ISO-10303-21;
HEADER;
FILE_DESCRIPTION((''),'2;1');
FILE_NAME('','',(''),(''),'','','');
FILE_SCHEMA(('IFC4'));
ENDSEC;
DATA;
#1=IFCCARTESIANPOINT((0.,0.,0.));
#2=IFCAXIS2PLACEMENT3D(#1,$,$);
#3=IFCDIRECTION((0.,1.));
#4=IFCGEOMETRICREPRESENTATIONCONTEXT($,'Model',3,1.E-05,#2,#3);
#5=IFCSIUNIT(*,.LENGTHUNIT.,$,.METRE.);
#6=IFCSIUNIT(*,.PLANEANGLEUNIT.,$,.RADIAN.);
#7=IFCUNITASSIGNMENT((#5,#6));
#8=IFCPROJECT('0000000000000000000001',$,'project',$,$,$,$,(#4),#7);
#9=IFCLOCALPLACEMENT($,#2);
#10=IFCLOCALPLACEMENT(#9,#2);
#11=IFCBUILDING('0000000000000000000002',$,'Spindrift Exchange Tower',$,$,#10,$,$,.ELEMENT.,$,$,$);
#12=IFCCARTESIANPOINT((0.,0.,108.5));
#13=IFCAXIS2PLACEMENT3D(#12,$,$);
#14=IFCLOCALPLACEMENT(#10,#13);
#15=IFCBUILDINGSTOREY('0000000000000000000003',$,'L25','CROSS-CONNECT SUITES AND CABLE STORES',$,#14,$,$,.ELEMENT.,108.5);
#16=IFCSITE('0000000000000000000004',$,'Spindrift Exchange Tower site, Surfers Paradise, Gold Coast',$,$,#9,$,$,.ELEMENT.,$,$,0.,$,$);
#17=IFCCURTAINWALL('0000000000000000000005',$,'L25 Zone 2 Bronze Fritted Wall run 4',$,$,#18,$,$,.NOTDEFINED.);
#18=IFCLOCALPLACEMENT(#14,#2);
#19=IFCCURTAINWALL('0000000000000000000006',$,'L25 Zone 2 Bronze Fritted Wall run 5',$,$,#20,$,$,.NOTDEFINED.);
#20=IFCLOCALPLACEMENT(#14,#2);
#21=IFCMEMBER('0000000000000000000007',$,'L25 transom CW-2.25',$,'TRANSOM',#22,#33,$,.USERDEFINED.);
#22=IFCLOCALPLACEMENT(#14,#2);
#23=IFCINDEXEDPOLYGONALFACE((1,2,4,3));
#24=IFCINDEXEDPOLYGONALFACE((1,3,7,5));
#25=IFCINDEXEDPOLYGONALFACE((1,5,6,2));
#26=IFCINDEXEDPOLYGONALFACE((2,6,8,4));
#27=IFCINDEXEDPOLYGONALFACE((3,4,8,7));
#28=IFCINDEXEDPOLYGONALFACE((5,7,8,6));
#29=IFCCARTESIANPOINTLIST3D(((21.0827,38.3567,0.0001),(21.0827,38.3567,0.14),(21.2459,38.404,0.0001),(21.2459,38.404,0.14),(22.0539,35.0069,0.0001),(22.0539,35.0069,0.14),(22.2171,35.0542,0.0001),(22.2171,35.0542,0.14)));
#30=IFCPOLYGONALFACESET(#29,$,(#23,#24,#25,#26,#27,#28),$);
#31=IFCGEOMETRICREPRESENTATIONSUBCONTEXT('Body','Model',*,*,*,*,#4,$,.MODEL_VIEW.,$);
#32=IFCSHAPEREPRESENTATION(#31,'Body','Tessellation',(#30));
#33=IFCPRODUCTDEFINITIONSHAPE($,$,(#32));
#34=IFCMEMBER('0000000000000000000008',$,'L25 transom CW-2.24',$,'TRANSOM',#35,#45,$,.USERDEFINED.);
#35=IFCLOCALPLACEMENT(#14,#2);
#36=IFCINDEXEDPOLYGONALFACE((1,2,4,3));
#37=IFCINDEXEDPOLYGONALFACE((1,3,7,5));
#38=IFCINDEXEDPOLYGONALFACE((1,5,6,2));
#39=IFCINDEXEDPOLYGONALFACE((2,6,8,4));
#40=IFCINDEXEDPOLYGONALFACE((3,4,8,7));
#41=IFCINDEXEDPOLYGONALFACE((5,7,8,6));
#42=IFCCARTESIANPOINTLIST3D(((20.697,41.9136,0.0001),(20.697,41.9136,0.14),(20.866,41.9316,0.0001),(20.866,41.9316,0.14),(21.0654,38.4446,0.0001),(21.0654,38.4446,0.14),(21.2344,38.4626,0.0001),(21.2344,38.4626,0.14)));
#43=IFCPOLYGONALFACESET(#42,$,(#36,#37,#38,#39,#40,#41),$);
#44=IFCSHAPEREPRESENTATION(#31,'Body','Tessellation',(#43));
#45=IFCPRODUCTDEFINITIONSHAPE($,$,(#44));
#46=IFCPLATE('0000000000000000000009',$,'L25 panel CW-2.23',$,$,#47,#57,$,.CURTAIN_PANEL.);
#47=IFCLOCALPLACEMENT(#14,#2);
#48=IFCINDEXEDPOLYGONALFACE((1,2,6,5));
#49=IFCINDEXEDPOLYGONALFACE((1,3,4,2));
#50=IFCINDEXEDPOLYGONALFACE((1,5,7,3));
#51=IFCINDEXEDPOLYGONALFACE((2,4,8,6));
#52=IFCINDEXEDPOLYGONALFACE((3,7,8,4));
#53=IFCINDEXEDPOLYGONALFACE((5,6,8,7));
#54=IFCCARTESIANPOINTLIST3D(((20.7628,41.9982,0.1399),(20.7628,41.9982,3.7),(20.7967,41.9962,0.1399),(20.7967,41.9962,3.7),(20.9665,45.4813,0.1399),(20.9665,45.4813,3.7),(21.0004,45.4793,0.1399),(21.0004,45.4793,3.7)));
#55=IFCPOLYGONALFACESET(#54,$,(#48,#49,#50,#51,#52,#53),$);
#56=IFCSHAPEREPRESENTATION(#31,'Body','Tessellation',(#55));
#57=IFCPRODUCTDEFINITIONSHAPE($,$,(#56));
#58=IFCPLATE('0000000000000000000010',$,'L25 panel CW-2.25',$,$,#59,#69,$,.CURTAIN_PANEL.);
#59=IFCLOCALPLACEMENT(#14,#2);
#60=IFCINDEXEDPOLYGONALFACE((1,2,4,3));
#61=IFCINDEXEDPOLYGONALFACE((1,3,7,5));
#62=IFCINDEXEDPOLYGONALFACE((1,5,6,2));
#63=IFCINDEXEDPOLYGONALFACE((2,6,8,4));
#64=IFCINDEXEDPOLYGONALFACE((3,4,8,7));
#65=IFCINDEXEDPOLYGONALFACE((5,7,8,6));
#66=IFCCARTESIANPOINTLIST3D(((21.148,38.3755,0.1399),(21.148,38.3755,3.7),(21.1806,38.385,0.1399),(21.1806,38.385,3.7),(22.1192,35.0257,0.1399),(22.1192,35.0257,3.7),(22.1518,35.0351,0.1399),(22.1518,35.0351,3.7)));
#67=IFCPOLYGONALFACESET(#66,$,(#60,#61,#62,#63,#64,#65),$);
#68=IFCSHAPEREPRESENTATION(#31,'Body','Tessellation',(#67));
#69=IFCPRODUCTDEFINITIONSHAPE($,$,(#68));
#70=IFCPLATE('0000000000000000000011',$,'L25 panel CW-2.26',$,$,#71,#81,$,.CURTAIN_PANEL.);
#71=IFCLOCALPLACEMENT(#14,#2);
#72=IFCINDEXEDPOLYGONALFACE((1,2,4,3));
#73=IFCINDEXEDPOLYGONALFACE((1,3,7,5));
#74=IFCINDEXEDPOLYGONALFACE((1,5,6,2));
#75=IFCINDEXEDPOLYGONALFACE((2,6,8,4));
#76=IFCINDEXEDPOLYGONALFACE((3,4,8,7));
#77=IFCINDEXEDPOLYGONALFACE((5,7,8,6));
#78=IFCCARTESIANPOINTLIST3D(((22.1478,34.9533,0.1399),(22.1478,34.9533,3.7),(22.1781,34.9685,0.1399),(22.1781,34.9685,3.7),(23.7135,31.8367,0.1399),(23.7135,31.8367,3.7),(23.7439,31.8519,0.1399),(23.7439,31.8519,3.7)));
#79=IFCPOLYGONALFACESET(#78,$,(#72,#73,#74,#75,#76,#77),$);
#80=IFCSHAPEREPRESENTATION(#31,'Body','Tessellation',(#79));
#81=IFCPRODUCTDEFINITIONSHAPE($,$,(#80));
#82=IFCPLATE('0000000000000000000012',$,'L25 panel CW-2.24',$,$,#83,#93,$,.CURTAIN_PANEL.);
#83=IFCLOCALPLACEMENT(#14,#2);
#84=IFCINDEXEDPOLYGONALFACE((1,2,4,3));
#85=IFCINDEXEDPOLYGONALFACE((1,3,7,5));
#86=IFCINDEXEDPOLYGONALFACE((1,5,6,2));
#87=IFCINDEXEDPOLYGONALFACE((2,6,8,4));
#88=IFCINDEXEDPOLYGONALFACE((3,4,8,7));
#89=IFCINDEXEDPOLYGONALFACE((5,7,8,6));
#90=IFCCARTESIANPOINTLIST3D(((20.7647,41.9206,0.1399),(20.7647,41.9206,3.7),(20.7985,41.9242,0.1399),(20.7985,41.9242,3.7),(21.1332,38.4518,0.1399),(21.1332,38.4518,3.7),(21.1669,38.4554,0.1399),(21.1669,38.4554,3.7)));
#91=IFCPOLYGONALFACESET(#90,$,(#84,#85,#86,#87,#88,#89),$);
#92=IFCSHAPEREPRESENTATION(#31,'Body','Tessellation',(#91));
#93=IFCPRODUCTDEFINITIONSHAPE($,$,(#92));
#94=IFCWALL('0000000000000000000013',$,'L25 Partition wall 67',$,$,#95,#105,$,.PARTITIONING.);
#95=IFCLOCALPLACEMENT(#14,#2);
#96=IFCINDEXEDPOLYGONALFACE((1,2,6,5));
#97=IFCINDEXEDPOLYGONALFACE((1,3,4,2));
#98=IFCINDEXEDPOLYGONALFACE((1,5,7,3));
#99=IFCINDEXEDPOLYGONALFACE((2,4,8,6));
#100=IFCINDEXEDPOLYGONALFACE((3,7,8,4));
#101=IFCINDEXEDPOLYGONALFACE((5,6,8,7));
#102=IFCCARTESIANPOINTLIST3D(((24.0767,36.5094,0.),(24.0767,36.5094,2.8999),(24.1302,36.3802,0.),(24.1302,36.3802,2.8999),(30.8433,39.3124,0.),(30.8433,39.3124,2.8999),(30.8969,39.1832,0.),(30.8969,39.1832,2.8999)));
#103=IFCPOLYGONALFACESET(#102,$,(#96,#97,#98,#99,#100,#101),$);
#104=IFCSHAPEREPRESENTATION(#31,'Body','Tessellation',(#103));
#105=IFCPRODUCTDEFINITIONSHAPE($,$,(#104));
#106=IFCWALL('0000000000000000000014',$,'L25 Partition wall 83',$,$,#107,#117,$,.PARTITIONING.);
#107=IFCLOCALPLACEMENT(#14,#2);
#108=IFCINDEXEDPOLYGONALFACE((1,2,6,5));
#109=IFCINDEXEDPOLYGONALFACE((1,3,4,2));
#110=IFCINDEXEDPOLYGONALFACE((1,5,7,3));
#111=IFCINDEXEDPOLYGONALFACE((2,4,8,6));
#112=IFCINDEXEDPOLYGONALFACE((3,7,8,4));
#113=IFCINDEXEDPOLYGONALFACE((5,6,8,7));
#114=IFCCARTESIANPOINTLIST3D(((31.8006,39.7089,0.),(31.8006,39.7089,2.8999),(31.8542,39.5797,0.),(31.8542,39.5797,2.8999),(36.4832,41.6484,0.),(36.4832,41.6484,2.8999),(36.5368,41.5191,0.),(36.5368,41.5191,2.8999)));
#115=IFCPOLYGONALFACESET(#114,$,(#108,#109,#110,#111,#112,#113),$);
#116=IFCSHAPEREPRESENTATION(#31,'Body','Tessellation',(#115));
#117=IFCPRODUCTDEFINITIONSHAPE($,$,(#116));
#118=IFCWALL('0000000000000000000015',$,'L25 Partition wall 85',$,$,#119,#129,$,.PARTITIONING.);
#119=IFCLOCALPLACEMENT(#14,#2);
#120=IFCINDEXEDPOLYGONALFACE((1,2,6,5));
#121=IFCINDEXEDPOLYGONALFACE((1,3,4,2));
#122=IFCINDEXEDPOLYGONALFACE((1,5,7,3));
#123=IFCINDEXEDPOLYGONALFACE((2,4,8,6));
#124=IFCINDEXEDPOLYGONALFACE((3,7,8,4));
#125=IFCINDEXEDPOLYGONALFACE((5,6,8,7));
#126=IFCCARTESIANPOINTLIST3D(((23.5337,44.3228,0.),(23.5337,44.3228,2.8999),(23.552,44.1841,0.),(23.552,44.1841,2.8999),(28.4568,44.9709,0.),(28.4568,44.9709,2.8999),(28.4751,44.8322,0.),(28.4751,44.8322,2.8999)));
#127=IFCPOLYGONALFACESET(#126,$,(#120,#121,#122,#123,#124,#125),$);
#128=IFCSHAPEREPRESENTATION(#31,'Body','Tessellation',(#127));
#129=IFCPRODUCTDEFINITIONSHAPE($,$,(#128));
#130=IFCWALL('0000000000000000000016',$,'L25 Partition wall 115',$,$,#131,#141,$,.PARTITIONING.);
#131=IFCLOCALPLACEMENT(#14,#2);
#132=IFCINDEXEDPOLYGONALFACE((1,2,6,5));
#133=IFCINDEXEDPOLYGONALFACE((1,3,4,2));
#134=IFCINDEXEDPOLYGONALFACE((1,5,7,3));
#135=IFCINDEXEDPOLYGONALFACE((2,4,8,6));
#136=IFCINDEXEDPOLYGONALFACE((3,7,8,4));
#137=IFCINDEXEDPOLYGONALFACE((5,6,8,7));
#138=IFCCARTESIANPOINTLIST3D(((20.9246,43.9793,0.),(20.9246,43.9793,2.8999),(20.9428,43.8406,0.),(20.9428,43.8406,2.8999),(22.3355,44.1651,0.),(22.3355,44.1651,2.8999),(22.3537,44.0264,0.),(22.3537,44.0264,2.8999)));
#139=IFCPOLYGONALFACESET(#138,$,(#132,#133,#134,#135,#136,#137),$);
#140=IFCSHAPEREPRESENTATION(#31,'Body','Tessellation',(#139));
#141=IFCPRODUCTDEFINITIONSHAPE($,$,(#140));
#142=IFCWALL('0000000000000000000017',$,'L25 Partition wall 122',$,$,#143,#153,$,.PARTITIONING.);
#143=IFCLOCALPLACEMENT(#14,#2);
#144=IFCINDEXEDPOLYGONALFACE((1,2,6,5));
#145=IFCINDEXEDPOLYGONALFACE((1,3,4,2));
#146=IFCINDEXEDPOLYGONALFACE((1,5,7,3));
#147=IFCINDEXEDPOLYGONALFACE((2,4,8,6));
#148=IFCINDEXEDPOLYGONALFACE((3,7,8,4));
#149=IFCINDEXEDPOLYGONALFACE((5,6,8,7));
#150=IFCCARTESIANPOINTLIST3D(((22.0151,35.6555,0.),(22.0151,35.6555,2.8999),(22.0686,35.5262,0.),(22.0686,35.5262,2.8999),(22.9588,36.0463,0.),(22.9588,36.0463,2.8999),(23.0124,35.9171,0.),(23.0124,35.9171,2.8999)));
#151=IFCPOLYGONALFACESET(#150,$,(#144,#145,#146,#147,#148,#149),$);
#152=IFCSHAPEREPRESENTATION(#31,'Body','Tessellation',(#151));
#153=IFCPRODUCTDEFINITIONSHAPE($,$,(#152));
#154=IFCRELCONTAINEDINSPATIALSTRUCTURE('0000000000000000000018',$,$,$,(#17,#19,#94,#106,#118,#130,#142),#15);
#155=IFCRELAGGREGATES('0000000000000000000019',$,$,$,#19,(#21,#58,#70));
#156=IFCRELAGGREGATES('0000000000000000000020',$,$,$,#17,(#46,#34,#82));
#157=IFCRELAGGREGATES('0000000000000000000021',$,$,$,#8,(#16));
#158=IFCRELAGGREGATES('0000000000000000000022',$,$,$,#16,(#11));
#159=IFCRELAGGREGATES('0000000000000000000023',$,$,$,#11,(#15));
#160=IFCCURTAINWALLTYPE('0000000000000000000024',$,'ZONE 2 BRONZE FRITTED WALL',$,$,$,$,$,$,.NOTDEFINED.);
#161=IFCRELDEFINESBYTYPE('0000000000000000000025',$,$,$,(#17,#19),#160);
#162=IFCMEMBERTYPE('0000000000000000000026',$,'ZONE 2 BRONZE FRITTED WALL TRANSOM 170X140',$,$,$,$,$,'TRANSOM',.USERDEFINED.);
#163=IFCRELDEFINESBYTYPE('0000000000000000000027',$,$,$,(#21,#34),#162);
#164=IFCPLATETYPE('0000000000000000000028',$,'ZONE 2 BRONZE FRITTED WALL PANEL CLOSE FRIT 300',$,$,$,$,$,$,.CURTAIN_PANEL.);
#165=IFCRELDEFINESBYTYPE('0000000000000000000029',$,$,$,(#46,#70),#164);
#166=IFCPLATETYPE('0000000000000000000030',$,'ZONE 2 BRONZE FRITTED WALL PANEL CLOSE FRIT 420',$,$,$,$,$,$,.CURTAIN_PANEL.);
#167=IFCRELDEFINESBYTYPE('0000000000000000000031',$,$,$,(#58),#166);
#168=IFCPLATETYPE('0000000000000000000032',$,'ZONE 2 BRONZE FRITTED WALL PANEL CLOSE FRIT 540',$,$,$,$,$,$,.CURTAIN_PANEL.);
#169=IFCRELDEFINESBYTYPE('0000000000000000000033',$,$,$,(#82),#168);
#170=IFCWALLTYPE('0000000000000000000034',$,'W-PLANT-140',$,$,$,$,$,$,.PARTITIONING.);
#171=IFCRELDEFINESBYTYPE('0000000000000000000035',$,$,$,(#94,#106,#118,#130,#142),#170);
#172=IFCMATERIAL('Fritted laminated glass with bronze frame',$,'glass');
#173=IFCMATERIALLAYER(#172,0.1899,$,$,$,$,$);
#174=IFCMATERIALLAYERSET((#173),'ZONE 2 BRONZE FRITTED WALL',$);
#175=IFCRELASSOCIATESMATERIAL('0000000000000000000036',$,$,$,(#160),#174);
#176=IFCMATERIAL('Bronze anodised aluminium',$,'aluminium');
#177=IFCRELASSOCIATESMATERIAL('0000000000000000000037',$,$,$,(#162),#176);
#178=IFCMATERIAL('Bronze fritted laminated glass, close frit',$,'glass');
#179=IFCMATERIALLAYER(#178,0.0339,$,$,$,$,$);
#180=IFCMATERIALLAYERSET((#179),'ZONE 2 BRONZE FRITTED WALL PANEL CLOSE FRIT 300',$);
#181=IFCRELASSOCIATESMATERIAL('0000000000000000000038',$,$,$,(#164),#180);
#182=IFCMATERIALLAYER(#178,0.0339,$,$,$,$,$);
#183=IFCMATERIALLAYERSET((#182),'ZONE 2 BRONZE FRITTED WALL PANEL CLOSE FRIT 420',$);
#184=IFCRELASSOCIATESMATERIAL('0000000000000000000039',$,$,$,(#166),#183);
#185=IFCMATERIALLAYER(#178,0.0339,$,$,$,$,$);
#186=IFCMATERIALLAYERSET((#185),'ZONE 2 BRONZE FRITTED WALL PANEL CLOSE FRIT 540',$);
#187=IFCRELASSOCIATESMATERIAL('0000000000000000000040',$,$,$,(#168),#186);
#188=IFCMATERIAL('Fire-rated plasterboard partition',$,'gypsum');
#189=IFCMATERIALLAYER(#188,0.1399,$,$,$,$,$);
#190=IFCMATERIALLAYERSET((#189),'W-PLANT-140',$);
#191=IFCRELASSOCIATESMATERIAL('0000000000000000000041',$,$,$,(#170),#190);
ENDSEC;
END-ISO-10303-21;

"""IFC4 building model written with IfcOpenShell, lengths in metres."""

from ifc_helpers import new_model, si_unit, direction, frame, frame_2d, origin, origin_2d, place, context, subcontext, project, spatial, rectangle, extrude, source, transform, mapped, material, layer, layer_set, material_profile, profile_set, type_object, element, aggregate, save


model = new_model("IFC4")

# Units and contexts
model_context = context("Model", 3, precision=1e-05, world=origin(), true_north=direction((0.0, 1.0)))
body_context = subcontext(model_context, "Body", "Model", "MODEL_VIEW")
ifc_project = project(units=[si_unit("LENGTHUNIT", "METRE"), si_unit("PLANEANGLEUNIT", "RADIAN")], contexts=[model_context])

# Site, building, storey
site_placement = place(None, origin())
site = spatial("IfcSite", under=ifc_project, at=site_placement, Name="Spindrift Exchange Tower site, Surfers Paradise, Gold Coast", CompositionType="ELEMENT", RefElevation=0.0)
building_placement = place(site_placement, origin())
building = spatial("IfcBuilding", under=site, at=building_placement, Name="Spindrift Exchange Tower", CompositionType="ELEMENT")
storey_placement = place(building_placement, frame((0.0, 0.0, 108.5)))
storey = spatial("IfcBuildingStorey", under=building, at=storey_placement, Name="L25", Description="CROSS-CONNECT SUITES AND CABLE STORES", CompositionType="ELEMENT", Elevation=108.5)

# Curtain walls
ifc_material_1 = material(Name="Fritted laminated glass with bronze frame", Category="glass")
ifc_layer_1 = layer(ifc_material_1, 0.1899)
ifc_layer_set_1 = layer_set([ifc_layer_1], Name="ZONE 2 BRONZE FRITTED WALL")
curtain_wall_type = type_object("IfcCurtainWallType", Name="ZONE 2 BRONZE FRITTED WALL", PredefinedType="NOTDEFINED", material=ifc_layer_set_1)
curtain_wall_1_placement = place(storey_placement, origin())
curtain_wall_1 = element("IfcCurtainWall", 1, at=curtain_wall_1_placement, inside=storey, type_object=curtain_wall_type, Name="L25 Zone 2 Bronze Fritted Wall run 4", PredefinedType="NOTDEFINED")
ifc_material_2 = material(Name="Bronze anodised aluminium", Category="aluminium")
curtain_wall_2_placement = place(storey_placement, origin())
curtain_wall_2 = element("IfcCurtainWall", 2, at=curtain_wall_2_placement, inside=storey, type_object=curtain_wall_type, Name="L25 Zone 2 Bronze Fritted Wall run 5", PredefinedType="NOTDEFINED")

# Members
ifc_material_profile_1 = material_profile(ifc_material_2, rectangle(XDim=0.1699, YDim=0.1399, at=origin_2d()), Name="ZONE 2 BRONZE FRITTED WALL TRANSOM 170X140")
ifc_profile_set_1 = profile_set([ifc_material_profile_1], Name="Bronze anodised aluminium")
member_type_1 = type_object("IfcMemberType", Name="ZONE 2 BRONZE FRITTED WALL TRANSOM 170X140", ElementType="TRANSOM", PredefinedType="USERDEFINED", material=ifc_profile_set_1)
shared_shape_1 = source(origin(), body_context, "Body", "SweptSolid", [
    extrude(rectangle(XDim=0.1699, YDim=0.1399, at=origin_2d()), origin(), (0.0, 0.0, 1.0), 3.4878),
])
member_1_placement = place(storey_placement, frame((21.1643, 38.3804, 0.0701), z_axis=(0.278454, -0.96045, 0.0), x_axis=(0.96045, 0.278454, 0.0)))
member_1 = element("IfcMember", 3, at=member_1_placement, type_object=member_type_1, Name="L25 transom CW-2.25", ObjectType="TRANSOM", PredefinedType="USERDEFINED", context=body_context, shape_type="MappedRepresentation", body=[
    mapped(shared_shape_1, transform((0.0, 0.0, 0.0), scale=1.0)),
])
shared_shape_2 = source(origin(), body_context, "Body", "SweptSolid", [
    extrude(rectangle(XDim=0.1699, YDim=0.1399, at=origin_2d()), origin(), (0.0, 0.0, 1.0), 3.4885),
])
member_2_placement = place(storey_placement, frame((20.7815, 41.9226, 0.0701), z_axis=(0.105606, -0.994408, 0.0), x_axis=(0.994408, 0.105606, 0.0)))
member_2 = element("IfcMember", 4, at=member_2_placement, type_object=member_type_1, Name="L25 transom CW-2.24", ObjectType="TRANSOM", PredefinedType="USERDEFINED", context=body_context, shape_type="MappedRepresentation", body=[
    mapped(shared_shape_2, transform((0.0, 0.0, 0.0), scale=1.0)),
])

# Plates
ifc_material_3 = material(Name="Bronze fritted laminated glass, close frit", Category="glass")
ifc_layer_2 = layer(ifc_material_3, 0.0339)
ifc_layer_set_2 = layer_set([ifc_layer_2], Name="ZONE 2 BRONZE FRITTED WALL PANEL CLOSE FRIT 300")
plate_type_1 = type_object("IfcPlateType", Name="ZONE 2 BRONZE FRITTED WALL PANEL CLOSE FRIT 300", PredefinedType="CURTAIN_PANEL", material=ifc_layer_set_2)
shared_shape_3 = source(origin(), body_context, "Body", "SweptSolid", [
    extrude(rectangle(XDim=3.489, YDim=0.0339, at=origin_2d()), origin(), (0.0, 0.0, 1.0), 3.5601),
])
plate_1_placement = place(storey_placement, frame((20.8816, 43.7388, 0.1399), z_axis=(0.0, 0.0, 1.0), x_axis=(-0.058388, -0.998294, 0.0)))
plate_1 = element("IfcPlate", 5, at=plate_1_placement, type_object=plate_type_1, Name="L25 panel CW-2.23", PredefinedType="CURTAIN_PANEL", context=body_context, shape_type="MappedRepresentation", body=[
    mapped(shared_shape_3, transform((0.0, 0.0, 0.0), scale=1.0)),
])
ifc_layer_3 = layer(ifc_material_3, 0.0339)
ifc_layer_set_3 = layer_set([ifc_layer_3], Name="ZONE 2 BRONZE FRITTED WALL PANEL CLOSE FRIT 420")
plate_type_2 = type_object("IfcPlateType", Name="ZONE 2 BRONZE FRITTED WALL PANEL CLOSE FRIT 420", PredefinedType="CURTAIN_PANEL", material=ifc_layer_set_3)
shared_shape_4 = source(origin(), body_context, "Body", "SweptSolid", [
    extrude(rectangle(XDim=3.4878, YDim=0.0339, at=origin_2d()), origin(), (0.0, 0.0, 1.0), 3.5601),
])
plate_2_placement = place(storey_placement, frame((21.6499, 36.7053, 0.1399), z_axis=(0.0, 0.0, 1.0), x_axis=(0.27846, -0.960448, 0.0)))
plate_2 = element("IfcPlate", 6, at=plate_2_placement, type_object=plate_type_2, Name="L25 panel CW-2.25", PredefinedType="CURTAIN_PANEL", context=body_context, shape_type="MappedRepresentation", body=[
    mapped(shared_shape_4, transform((0.0, 0.0, 0.0), scale=1.0)),
])
shared_shape_5 = source(origin(), body_context, "Body", "SweptSolid", [
    extrude(rectangle(XDim=3.4878, YDim=0.0339, at=origin_2d()), origin(), (0.0, 0.0, 1.0), 3.5601),
])
plate_3_placement = place(storey_placement, frame((22.9458, 33.4026, 0.1399), z_axis=(0.0, 0.0, 1.0), x_axis=(0.448931, -0.893567, 0.0)))
plate_3 = element("IfcPlate", 7, at=plate_3_placement, type_object=plate_type_1, Name="L25 panel CW-2.26", PredefinedType="CURTAIN_PANEL", context=body_context, shape_type="MappedRepresentation", body=[
    mapped(shared_shape_5, transform((0.0, 0.0, 0.0), scale=1.0)),
])
aggregate(curtain_wall_2, [member_1, plate_2, plate_3])
ifc_layer_4 = layer(ifc_material_3, 0.0339)
ifc_layer_set_4 = layer_set([ifc_layer_4], Name="ZONE 2 BRONZE FRITTED WALL PANEL CLOSE FRIT 540")
plate_type_3 = type_object("IfcPlateType", Name="ZONE 2 BRONZE FRITTED WALL PANEL CLOSE FRIT 540", PredefinedType="CURTAIN_PANEL", material=ifc_layer_set_4)
shared_shape_6 = source(origin(), body_context, "Body", "SweptSolid", [
    extrude(rectangle(XDim=3.4883, YDim=0.0339, at=origin_2d()), origin(), (0.0, 0.0, 1.0), 3.5601),
])
plate_4_placement = place(storey_placement, frame((20.9658, 40.188, 0.1399), z_axis=(0.0, 0.0, 1.0), x_axis=(0.105629, -0.994406, 0.0)))
plate_4 = element("IfcPlate", 8, at=plate_4_placement, type_object=plate_type_3, Name="L25 panel CW-2.24", PredefinedType="CURTAIN_PANEL", context=body_context, shape_type="MappedRepresentation", body=[
    mapped(shared_shape_6, transform((0.0, 0.0, 0.0), scale=1.0)),
])
aggregate(curtain_wall_1, [plate_1, member_2, plate_4])

# Walls
ifc_material_4 = material(Name="Fire-rated plasterboard partition", Category="gypsum")
ifc_layer_5 = layer(ifc_material_4, 0.1399)
ifc_layer_set_5 = layer_set([ifc_layer_5], Name="W-PLANT-140")
wall_type = type_object("IfcWallType", Name="W-PLANT-140", PredefinedType="PARTITIONING", material=ifc_layer_set_5)
wall_1_placement = place(storey_placement, frame((30.8701, 39.2478, 0.0), z_axis=(0.0, 0.0, 1.0), x_axis=(-0.923872, -0.382702, 0.0)))
element("IfcWall", 9, at=wall_1_placement, inside=storey, type_object=wall_type, Name="L25 Partition wall 67", PredefinedType="PARTITIONING", context=body_context, shape_type="SweptSolid", body=[
    extrude(rectangle(XDim=7.3242, YDim=0.1399, at=frame_2d((3.6621, 0.0))), origin(), (0.0, 0.0, 1.0), 2.8999),
])
wall_2_placement = place(storey_placement, frame((36.51, 41.5837, 0.0), z_axis=(0.0, 0.0, 1.0), x_axis=(-0.92389, -0.382658, 0.0)))
element("IfcWall", 10, at=wall_2_placement, inside=storey, type_object=wall_type, Name="L25 Partition wall 83", PredefinedType="PARTITIONING", context=body_context, shape_type="SweptSolid", body=[
    extrude(rectangle(XDim=5.0684, YDim=0.1399, at=frame_2d((2.5342, 0.0))), origin(), (0.0, 0.0, 1.0), 2.8999),
])
wall_3_placement = place(storey_placement, frame((28.4661, 44.9016, 0.0), z_axis=(0.0, 0.0, 1.0), x_axis=(-0.991443, -0.130537, 0.0)))
element("IfcWall", 11, at=wall_3_placement, inside=storey, type_object=wall_type, Name="L25 Partition wall 85", PredefinedType="PARTITIONING", context=body_context, shape_type="SweptSolid", body=[
    extrude(rectangle(XDim=4.9656, YDim=0.1399, at=frame_2d((2.4829, 0.0))), origin(), (0.0, 0.0, 1.0), 2.8999),
])
wall_4_placement = place(storey_placement, frame((22.3445, 44.0957, 0.0), z_axis=(0.0, 0.0, 1.0), x_axis=(-0.991441, -0.130557, 0.0)))
element("IfcWall", 12, at=wall_4_placement, inside=storey, type_object=wall_type, Name="L25 Partition wall 115", PredefinedType="PARTITIONING", context=body_context, shape_type="SweptSolid", body=[
    extrude(rectangle(XDim=1.4231, YDim=0.1399, at=frame_2d((0.7114, 0.0))), origin(), (0.0, 0.0, 1.0), 2.8999),
])
wall_5_placement = place(storey_placement, frame((22.9856, 35.9817, 0.0), z_axis=(0.0, 0.0, 1.0), x_axis=(-0.923909, -0.382612, 0.0)))
element("IfcWall", 13, at=wall_5_placement, inside=storey, type_object=wall_type, Name="L25 Partition wall 122", PredefinedType="PARTITIONING", context=body_context, shape_type="SweptSolid", body=[
    extrude(rectangle(XDim=1.0215, YDim=0.1399, at=frame_2d((0.5107, 0.0))), origin(), (0.0, 0.0, 1.0), 2.8999),
])

save(model, "model.ifc")
